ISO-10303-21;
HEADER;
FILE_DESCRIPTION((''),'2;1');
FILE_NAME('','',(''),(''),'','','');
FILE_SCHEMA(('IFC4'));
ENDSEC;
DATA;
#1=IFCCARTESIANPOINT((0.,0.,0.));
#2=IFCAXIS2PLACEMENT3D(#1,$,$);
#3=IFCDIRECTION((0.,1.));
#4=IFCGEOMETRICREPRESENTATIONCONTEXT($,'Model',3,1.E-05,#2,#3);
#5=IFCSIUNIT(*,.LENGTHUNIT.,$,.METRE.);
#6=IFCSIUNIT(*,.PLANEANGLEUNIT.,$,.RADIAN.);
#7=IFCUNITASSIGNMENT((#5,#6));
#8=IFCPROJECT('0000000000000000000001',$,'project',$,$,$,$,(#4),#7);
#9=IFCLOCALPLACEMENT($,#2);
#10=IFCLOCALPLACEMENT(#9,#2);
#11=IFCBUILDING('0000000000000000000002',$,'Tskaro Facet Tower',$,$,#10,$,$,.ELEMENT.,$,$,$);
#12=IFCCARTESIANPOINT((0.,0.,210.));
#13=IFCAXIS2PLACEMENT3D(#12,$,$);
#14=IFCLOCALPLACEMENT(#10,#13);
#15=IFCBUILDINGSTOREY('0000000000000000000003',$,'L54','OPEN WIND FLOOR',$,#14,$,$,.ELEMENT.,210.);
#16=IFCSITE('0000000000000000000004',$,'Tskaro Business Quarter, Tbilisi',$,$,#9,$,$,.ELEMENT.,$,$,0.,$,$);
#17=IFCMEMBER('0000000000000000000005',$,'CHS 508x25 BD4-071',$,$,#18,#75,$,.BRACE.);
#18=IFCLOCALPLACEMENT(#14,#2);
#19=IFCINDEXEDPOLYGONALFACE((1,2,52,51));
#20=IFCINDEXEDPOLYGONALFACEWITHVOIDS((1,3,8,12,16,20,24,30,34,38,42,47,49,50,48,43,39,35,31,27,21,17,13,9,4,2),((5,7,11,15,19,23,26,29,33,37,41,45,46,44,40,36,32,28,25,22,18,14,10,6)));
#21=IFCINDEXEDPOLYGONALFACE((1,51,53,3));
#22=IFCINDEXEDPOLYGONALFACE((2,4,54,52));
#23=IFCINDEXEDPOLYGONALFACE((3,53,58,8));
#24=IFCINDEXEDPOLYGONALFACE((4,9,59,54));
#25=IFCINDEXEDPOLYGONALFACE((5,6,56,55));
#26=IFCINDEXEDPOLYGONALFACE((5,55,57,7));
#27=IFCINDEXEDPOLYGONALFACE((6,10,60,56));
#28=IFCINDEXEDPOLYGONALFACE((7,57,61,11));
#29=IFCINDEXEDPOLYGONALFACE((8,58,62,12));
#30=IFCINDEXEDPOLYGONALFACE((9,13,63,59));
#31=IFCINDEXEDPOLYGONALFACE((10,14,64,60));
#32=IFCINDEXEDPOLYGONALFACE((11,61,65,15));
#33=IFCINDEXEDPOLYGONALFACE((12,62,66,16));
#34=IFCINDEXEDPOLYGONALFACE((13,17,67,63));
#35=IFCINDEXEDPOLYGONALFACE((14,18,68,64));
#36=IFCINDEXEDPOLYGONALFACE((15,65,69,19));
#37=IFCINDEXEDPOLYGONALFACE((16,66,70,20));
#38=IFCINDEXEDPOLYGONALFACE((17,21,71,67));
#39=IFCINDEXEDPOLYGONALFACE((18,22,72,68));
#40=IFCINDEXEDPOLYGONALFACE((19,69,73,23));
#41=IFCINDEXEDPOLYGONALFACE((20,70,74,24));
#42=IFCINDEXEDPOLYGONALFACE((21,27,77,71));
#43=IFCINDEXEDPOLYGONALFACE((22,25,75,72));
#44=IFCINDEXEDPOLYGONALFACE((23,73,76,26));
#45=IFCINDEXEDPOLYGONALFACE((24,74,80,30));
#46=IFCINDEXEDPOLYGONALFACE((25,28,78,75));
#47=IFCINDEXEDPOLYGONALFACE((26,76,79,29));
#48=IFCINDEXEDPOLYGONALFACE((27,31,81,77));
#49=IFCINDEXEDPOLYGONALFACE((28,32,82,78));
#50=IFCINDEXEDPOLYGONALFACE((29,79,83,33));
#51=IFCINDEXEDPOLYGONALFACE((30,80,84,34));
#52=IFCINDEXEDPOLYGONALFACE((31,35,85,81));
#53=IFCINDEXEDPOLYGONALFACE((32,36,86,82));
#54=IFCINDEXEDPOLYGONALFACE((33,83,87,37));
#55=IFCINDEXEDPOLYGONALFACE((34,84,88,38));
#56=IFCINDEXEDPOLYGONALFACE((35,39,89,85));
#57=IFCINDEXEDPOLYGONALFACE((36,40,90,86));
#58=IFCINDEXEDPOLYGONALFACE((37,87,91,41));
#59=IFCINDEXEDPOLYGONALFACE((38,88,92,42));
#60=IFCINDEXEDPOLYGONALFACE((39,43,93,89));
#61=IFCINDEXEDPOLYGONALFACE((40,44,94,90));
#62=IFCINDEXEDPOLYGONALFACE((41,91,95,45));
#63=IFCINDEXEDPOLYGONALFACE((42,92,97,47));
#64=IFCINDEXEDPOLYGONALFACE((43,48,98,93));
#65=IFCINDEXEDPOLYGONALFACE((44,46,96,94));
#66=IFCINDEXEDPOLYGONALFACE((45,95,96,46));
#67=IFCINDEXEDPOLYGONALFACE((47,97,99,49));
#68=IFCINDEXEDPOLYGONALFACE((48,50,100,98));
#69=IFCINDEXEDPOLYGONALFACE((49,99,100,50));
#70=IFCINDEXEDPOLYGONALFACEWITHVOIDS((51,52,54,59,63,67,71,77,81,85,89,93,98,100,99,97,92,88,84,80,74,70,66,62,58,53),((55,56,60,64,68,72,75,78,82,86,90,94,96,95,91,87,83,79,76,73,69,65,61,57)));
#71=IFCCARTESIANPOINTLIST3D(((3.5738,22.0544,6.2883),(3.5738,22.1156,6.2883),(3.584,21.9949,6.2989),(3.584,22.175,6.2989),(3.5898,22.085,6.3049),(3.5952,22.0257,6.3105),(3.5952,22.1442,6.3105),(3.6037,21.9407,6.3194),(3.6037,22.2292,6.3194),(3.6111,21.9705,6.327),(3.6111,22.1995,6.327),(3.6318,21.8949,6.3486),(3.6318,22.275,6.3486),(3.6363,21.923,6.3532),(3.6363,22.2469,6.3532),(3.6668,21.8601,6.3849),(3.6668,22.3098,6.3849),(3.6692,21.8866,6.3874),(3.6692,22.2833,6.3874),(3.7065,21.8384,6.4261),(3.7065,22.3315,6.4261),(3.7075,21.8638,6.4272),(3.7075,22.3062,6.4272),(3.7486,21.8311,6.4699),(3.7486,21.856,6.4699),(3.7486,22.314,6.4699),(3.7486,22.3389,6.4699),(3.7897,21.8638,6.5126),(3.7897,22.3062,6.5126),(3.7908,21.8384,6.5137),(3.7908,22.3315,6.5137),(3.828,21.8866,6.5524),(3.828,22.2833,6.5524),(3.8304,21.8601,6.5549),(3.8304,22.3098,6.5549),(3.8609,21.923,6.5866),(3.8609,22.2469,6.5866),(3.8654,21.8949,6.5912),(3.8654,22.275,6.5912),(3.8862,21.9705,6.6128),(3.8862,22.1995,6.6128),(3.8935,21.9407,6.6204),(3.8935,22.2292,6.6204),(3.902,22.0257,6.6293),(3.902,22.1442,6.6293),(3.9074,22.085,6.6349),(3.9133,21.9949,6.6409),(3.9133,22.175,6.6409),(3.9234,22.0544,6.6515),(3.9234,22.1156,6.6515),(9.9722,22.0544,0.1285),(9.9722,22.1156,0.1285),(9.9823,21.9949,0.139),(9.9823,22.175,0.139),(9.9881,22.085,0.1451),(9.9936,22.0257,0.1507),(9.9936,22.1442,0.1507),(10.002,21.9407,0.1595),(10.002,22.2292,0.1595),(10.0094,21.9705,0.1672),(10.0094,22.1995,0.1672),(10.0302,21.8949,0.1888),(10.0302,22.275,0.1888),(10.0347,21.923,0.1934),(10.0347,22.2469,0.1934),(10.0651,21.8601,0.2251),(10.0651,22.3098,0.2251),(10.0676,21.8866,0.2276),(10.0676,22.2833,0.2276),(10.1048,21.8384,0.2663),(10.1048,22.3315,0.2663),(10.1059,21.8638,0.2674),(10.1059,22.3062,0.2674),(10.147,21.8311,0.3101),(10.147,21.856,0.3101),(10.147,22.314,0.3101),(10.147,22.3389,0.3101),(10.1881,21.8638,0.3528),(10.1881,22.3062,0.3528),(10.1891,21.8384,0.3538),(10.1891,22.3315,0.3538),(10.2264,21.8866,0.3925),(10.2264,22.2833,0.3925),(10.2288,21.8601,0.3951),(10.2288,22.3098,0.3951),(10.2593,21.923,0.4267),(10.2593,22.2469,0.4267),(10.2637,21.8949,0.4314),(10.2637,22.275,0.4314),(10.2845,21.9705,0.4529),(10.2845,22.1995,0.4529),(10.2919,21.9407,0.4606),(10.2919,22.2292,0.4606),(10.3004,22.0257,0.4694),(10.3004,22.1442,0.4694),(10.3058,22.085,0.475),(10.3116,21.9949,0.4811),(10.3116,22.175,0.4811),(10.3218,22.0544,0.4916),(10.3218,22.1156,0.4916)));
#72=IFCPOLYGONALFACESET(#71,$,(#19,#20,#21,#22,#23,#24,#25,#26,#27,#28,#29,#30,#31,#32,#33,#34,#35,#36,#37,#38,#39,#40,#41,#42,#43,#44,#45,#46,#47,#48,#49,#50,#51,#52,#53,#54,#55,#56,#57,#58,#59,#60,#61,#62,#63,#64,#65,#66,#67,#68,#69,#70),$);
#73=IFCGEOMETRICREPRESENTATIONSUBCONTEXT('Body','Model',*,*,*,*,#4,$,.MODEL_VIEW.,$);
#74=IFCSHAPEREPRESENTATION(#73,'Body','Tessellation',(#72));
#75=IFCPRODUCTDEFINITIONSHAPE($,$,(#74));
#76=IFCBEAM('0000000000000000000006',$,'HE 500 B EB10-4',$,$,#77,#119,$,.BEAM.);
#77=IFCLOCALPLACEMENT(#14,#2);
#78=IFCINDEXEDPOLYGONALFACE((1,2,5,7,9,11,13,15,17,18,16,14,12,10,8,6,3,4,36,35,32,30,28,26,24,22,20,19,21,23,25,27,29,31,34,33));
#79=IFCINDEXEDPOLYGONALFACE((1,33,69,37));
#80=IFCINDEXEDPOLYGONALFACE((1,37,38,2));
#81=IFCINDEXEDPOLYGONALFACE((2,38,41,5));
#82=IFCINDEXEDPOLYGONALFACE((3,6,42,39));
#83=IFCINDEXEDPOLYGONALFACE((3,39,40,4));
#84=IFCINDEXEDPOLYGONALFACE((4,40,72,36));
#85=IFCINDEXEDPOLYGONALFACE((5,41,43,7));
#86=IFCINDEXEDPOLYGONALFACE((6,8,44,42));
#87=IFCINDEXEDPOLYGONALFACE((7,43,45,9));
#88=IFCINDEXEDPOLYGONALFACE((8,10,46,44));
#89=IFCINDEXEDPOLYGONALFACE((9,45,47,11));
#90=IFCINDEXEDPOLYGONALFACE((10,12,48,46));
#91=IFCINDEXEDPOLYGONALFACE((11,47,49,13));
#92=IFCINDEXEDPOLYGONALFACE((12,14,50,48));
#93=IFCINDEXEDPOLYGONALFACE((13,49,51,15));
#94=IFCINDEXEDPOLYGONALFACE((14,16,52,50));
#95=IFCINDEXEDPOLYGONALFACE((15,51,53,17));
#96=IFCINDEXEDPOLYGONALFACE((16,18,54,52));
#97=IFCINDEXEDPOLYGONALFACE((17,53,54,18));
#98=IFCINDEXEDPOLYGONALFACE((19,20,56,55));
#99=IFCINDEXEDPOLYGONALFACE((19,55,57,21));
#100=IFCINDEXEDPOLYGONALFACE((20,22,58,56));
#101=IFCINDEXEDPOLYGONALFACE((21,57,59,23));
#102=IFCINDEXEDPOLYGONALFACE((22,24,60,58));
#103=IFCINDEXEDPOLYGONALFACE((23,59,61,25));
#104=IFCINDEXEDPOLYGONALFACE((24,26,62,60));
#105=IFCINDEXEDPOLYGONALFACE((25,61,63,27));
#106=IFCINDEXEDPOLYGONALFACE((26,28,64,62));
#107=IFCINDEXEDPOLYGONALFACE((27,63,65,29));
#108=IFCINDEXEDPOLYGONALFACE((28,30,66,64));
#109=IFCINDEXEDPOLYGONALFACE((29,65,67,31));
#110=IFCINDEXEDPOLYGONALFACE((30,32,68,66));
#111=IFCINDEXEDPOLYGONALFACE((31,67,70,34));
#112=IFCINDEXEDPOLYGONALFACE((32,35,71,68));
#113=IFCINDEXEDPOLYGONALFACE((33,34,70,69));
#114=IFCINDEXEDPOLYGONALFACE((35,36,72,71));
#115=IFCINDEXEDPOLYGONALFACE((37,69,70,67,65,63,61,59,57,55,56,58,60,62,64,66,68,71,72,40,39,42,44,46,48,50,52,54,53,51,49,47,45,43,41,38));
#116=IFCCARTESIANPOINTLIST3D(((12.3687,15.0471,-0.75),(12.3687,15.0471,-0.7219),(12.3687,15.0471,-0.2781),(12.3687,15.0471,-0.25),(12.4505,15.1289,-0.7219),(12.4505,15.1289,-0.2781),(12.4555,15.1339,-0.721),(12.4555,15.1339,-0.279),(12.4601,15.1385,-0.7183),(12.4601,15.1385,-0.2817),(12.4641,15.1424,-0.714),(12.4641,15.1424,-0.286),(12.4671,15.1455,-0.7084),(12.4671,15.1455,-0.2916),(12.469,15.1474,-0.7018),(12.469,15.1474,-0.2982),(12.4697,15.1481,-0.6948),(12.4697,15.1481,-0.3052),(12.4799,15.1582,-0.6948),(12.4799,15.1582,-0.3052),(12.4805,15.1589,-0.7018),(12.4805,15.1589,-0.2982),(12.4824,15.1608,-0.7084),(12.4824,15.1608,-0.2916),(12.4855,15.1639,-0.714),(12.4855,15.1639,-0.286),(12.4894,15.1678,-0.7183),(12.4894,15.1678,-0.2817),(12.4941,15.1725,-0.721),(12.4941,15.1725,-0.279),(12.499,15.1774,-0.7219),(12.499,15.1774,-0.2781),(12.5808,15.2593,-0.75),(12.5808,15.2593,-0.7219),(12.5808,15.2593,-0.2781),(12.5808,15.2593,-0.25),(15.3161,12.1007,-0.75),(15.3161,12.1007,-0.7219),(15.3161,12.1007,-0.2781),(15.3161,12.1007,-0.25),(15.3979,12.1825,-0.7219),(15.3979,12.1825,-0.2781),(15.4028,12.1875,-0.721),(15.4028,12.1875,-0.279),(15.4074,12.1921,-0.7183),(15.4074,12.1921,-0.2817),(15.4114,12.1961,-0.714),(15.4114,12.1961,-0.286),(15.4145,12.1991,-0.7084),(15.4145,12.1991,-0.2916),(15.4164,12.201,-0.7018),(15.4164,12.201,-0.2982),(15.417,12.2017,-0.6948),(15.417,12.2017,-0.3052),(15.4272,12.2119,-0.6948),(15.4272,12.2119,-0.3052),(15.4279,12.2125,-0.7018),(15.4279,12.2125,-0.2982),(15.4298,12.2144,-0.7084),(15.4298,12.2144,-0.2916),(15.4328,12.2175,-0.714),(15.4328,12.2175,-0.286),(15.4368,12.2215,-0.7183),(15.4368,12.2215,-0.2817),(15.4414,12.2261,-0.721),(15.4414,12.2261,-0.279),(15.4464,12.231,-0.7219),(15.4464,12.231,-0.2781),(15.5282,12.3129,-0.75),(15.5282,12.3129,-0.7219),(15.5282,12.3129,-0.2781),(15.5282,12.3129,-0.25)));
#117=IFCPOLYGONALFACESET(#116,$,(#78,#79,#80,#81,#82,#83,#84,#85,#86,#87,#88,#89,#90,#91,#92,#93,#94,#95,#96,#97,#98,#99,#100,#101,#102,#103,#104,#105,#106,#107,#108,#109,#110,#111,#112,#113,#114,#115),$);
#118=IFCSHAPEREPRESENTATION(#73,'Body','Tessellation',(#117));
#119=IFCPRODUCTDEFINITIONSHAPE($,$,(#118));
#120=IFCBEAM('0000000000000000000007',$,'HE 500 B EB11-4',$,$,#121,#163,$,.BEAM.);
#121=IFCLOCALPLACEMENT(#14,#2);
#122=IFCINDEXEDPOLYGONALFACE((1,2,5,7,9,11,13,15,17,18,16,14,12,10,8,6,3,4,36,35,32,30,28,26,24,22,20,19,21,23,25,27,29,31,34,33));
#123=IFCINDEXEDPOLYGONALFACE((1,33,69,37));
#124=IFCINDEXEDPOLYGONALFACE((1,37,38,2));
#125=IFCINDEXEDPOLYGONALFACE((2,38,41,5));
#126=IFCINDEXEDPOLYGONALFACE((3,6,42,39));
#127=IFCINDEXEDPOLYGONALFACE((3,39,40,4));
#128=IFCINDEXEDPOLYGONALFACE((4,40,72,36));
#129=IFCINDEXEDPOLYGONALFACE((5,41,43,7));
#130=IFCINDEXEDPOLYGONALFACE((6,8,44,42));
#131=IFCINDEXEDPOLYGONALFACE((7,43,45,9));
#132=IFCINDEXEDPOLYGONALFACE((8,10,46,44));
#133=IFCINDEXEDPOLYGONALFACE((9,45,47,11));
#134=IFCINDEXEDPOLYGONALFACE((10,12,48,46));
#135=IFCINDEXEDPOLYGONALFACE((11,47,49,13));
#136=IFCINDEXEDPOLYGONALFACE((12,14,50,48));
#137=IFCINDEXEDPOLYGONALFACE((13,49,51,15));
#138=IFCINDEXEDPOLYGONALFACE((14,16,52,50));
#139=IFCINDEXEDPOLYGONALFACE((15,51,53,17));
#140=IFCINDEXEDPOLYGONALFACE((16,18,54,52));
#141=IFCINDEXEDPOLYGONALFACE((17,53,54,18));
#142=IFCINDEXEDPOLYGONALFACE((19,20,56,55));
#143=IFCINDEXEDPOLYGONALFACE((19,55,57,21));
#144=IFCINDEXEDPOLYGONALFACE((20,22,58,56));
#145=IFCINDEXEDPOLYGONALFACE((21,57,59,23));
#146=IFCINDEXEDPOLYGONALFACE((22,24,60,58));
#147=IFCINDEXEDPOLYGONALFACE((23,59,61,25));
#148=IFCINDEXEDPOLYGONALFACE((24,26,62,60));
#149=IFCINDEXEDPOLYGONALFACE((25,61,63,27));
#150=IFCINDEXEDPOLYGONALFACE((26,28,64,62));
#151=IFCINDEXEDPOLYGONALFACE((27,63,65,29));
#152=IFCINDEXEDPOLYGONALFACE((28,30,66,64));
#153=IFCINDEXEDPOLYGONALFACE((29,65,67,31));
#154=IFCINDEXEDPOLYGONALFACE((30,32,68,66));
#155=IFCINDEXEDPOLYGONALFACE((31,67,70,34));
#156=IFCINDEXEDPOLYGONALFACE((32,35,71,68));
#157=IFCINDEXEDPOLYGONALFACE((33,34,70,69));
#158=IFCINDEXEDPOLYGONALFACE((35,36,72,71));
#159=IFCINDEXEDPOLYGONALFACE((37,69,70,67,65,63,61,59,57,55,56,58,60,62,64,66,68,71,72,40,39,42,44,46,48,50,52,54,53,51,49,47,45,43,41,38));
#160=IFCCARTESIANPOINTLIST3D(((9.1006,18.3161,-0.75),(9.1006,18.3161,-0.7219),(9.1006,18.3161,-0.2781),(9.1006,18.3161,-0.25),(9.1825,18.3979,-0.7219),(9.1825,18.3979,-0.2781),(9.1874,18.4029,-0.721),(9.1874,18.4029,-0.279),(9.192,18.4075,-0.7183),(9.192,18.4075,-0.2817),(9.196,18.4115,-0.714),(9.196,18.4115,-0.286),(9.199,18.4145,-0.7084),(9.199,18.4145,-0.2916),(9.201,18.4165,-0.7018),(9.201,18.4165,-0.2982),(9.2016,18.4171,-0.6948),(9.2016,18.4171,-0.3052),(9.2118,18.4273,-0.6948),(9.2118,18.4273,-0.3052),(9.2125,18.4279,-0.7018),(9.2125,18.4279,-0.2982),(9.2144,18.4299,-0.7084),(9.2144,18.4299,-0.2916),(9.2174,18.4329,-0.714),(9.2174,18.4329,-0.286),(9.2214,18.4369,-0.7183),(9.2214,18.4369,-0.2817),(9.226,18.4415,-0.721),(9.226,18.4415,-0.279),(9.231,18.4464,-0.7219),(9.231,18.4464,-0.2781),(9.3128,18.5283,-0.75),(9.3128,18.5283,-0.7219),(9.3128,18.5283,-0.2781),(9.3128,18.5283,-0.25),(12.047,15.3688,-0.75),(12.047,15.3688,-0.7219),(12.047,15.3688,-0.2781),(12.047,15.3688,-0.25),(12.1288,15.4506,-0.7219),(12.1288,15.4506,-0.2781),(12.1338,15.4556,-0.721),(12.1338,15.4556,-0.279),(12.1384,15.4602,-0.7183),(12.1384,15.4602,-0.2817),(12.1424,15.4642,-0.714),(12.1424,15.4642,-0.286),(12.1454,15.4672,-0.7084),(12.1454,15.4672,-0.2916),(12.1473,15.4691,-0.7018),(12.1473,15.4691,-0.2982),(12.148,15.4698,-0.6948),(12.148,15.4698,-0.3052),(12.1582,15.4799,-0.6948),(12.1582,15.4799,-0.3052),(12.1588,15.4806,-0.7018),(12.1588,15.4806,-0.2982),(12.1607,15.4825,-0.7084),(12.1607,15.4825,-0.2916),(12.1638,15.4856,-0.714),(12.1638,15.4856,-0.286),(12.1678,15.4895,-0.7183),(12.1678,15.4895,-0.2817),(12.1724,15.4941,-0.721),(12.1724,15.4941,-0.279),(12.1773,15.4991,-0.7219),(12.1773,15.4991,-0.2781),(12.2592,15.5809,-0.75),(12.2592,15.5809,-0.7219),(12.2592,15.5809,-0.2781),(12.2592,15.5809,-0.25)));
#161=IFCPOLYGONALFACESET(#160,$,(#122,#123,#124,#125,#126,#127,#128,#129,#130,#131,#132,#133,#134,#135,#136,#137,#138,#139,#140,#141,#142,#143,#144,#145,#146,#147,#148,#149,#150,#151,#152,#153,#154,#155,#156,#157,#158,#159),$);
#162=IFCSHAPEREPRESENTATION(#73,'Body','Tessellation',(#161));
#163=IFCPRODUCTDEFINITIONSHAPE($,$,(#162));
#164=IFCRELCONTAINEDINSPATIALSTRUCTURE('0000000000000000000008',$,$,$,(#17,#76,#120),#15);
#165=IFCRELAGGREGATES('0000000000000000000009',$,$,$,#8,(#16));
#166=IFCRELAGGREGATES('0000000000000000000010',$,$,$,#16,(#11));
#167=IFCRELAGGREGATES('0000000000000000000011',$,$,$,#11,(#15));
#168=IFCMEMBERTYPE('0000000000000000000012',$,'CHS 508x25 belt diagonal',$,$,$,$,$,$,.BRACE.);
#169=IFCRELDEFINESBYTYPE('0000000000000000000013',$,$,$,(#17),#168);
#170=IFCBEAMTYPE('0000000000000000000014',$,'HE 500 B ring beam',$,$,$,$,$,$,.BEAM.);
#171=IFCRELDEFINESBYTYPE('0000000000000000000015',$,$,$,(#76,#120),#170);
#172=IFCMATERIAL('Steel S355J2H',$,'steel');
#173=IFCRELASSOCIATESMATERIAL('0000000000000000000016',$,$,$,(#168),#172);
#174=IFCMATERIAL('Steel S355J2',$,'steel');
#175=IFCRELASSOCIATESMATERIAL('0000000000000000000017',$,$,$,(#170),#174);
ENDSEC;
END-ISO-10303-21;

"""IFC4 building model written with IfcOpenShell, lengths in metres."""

from ifc_helpers import new_model, si_unit, direction, frame, origin, origin_2d, place, context, subcontext, project, spatial, hollow_circle, i_section, extrude, material, material_profile, profile_set, type_object, element, save


model = new_model("IFC4")

# Units and contexts
model_context = context("Model", 3, precision=1e-05, world=origin(), true_north=direction((0.0, 1.0)))
body_context = subcontext(model_context, "Body", "Model", "MODEL_VIEW")
ifc_project = project(units=[si_unit("LENGTHUNIT", "METRE"), si_unit("PLANEANGLEUNIT", "RADIAN")], contexts=[model_context])

# Site, building, storey
site_placement = place(None, origin())
site = spatial("IfcSite", under=ifc_project, at=site_placement, Name="Tskaro Business Quarter, Tbilisi", CompositionType="ELEMENT", RefElevation=0.0)
building_placement = place(site_placement, origin())
building = spatial("IfcBuilding", under=site, at=building_placement, Name="Tskaro Facet Tower", CompositionType="ELEMENT")
storey_placement = place(building_placement, frame((0.0, 0.0, 210.0)))
storey = spatial("IfcBuildingStorey", under=building, at=storey_placement, Name="L54", Description="OPEN WIND FLOOR", CompositionType="ELEMENT", Elevation=210.0)

# Shared definitions
ifc_material_1 = material(Name="Steel S355J2H", Category="steel")

# Shared definitions
ifc_material_2 = material(Name="Steel S355J2", Category="steel")

# Member
ifc_material_profile_1 = material_profile(ifc_material_1, hollow_circle(Radius=0.2539, WallThickness=0.0249, at=origin_2d()), Name="CHS 508x25")
ifc_profile_set_1 = profile_set([ifc_material_profile_1], Name="Steel S355J2H")
member_type_1 = type_object("IfcMemberType", Name="CHS 508x25 belt diagonal", PredefinedType="BRACE", material=ifc_profile_set_1)
member_1_placement = place(storey_placement, frame((10.147, 22.085, 0.3101), z_axis=(-0.720407, 0.0, 0.693551), x_axis=(0.0, -1.0, 0.0)))
element("IfcMember", 1, at=member_1_placement, inside=storey, type_object=member_type_1, Name="CHS 508x25 BD4-071", PredefinedType="BRACE", context=body_context, shape_type="SweptSolid", body=[
    extrude(hollow_circle(Radius=0.2539, WallThickness=0.0249, at=origin_2d()), origin(), (0.0, 0.0, 1.0), 8.8816),
])

# Beams
ifc_material_profile_2 = material_profile(ifc_material_2, i_section(OverallWidth=0.3, OverallDepth=0.5, WebThickness=0.0144, FlangeThickness=0.0281, FilletRadius=0.0271, at=origin_2d()), Name="HE 500 B")
ifc_profile_set_2 = profile_set([ifc_material_profile_2], Name="Steel S355J2")
beam_type_1 = type_object("IfcBeamType", Name="HE 500 B ring beam", PredefinedType="BEAM", material=ifc_profile_set_2)
for number, where, z_axis, x_axis, name in (
    (2, (15.4221, 12.2068, -0.5), (-0.707224, 0.70699, 0.0), (-0.70699, -0.707224, 0.0), "HE 500 B EB10-4"),
    (3, (12.1531, 15.4749, -0.5), (-0.70699, 0.707224, 0.0), (-0.707224, -0.70699, 0.0), "HE 500 B EB11-4"),
):
    element("IfcBeam", number, at=place(storey_placement, frame(where, z_axis=z_axis, x_axis=x_axis)), inside=storey, type_object=beam_type_1, Name=name, PredefinedType="BEAM", context=body_context, shape_type="SweptSolid", body=[
        extrude(i_section(OverallWidth=0.3, OverallDepth=0.5, WebThickness=0.0144, FlangeThickness=0.0281, FilletRadius=0.0271, at=origin_2d()), origin(), (0.0, 0.0, 1.0), 4.1675),
    ])

save(model, "model.ifc")
